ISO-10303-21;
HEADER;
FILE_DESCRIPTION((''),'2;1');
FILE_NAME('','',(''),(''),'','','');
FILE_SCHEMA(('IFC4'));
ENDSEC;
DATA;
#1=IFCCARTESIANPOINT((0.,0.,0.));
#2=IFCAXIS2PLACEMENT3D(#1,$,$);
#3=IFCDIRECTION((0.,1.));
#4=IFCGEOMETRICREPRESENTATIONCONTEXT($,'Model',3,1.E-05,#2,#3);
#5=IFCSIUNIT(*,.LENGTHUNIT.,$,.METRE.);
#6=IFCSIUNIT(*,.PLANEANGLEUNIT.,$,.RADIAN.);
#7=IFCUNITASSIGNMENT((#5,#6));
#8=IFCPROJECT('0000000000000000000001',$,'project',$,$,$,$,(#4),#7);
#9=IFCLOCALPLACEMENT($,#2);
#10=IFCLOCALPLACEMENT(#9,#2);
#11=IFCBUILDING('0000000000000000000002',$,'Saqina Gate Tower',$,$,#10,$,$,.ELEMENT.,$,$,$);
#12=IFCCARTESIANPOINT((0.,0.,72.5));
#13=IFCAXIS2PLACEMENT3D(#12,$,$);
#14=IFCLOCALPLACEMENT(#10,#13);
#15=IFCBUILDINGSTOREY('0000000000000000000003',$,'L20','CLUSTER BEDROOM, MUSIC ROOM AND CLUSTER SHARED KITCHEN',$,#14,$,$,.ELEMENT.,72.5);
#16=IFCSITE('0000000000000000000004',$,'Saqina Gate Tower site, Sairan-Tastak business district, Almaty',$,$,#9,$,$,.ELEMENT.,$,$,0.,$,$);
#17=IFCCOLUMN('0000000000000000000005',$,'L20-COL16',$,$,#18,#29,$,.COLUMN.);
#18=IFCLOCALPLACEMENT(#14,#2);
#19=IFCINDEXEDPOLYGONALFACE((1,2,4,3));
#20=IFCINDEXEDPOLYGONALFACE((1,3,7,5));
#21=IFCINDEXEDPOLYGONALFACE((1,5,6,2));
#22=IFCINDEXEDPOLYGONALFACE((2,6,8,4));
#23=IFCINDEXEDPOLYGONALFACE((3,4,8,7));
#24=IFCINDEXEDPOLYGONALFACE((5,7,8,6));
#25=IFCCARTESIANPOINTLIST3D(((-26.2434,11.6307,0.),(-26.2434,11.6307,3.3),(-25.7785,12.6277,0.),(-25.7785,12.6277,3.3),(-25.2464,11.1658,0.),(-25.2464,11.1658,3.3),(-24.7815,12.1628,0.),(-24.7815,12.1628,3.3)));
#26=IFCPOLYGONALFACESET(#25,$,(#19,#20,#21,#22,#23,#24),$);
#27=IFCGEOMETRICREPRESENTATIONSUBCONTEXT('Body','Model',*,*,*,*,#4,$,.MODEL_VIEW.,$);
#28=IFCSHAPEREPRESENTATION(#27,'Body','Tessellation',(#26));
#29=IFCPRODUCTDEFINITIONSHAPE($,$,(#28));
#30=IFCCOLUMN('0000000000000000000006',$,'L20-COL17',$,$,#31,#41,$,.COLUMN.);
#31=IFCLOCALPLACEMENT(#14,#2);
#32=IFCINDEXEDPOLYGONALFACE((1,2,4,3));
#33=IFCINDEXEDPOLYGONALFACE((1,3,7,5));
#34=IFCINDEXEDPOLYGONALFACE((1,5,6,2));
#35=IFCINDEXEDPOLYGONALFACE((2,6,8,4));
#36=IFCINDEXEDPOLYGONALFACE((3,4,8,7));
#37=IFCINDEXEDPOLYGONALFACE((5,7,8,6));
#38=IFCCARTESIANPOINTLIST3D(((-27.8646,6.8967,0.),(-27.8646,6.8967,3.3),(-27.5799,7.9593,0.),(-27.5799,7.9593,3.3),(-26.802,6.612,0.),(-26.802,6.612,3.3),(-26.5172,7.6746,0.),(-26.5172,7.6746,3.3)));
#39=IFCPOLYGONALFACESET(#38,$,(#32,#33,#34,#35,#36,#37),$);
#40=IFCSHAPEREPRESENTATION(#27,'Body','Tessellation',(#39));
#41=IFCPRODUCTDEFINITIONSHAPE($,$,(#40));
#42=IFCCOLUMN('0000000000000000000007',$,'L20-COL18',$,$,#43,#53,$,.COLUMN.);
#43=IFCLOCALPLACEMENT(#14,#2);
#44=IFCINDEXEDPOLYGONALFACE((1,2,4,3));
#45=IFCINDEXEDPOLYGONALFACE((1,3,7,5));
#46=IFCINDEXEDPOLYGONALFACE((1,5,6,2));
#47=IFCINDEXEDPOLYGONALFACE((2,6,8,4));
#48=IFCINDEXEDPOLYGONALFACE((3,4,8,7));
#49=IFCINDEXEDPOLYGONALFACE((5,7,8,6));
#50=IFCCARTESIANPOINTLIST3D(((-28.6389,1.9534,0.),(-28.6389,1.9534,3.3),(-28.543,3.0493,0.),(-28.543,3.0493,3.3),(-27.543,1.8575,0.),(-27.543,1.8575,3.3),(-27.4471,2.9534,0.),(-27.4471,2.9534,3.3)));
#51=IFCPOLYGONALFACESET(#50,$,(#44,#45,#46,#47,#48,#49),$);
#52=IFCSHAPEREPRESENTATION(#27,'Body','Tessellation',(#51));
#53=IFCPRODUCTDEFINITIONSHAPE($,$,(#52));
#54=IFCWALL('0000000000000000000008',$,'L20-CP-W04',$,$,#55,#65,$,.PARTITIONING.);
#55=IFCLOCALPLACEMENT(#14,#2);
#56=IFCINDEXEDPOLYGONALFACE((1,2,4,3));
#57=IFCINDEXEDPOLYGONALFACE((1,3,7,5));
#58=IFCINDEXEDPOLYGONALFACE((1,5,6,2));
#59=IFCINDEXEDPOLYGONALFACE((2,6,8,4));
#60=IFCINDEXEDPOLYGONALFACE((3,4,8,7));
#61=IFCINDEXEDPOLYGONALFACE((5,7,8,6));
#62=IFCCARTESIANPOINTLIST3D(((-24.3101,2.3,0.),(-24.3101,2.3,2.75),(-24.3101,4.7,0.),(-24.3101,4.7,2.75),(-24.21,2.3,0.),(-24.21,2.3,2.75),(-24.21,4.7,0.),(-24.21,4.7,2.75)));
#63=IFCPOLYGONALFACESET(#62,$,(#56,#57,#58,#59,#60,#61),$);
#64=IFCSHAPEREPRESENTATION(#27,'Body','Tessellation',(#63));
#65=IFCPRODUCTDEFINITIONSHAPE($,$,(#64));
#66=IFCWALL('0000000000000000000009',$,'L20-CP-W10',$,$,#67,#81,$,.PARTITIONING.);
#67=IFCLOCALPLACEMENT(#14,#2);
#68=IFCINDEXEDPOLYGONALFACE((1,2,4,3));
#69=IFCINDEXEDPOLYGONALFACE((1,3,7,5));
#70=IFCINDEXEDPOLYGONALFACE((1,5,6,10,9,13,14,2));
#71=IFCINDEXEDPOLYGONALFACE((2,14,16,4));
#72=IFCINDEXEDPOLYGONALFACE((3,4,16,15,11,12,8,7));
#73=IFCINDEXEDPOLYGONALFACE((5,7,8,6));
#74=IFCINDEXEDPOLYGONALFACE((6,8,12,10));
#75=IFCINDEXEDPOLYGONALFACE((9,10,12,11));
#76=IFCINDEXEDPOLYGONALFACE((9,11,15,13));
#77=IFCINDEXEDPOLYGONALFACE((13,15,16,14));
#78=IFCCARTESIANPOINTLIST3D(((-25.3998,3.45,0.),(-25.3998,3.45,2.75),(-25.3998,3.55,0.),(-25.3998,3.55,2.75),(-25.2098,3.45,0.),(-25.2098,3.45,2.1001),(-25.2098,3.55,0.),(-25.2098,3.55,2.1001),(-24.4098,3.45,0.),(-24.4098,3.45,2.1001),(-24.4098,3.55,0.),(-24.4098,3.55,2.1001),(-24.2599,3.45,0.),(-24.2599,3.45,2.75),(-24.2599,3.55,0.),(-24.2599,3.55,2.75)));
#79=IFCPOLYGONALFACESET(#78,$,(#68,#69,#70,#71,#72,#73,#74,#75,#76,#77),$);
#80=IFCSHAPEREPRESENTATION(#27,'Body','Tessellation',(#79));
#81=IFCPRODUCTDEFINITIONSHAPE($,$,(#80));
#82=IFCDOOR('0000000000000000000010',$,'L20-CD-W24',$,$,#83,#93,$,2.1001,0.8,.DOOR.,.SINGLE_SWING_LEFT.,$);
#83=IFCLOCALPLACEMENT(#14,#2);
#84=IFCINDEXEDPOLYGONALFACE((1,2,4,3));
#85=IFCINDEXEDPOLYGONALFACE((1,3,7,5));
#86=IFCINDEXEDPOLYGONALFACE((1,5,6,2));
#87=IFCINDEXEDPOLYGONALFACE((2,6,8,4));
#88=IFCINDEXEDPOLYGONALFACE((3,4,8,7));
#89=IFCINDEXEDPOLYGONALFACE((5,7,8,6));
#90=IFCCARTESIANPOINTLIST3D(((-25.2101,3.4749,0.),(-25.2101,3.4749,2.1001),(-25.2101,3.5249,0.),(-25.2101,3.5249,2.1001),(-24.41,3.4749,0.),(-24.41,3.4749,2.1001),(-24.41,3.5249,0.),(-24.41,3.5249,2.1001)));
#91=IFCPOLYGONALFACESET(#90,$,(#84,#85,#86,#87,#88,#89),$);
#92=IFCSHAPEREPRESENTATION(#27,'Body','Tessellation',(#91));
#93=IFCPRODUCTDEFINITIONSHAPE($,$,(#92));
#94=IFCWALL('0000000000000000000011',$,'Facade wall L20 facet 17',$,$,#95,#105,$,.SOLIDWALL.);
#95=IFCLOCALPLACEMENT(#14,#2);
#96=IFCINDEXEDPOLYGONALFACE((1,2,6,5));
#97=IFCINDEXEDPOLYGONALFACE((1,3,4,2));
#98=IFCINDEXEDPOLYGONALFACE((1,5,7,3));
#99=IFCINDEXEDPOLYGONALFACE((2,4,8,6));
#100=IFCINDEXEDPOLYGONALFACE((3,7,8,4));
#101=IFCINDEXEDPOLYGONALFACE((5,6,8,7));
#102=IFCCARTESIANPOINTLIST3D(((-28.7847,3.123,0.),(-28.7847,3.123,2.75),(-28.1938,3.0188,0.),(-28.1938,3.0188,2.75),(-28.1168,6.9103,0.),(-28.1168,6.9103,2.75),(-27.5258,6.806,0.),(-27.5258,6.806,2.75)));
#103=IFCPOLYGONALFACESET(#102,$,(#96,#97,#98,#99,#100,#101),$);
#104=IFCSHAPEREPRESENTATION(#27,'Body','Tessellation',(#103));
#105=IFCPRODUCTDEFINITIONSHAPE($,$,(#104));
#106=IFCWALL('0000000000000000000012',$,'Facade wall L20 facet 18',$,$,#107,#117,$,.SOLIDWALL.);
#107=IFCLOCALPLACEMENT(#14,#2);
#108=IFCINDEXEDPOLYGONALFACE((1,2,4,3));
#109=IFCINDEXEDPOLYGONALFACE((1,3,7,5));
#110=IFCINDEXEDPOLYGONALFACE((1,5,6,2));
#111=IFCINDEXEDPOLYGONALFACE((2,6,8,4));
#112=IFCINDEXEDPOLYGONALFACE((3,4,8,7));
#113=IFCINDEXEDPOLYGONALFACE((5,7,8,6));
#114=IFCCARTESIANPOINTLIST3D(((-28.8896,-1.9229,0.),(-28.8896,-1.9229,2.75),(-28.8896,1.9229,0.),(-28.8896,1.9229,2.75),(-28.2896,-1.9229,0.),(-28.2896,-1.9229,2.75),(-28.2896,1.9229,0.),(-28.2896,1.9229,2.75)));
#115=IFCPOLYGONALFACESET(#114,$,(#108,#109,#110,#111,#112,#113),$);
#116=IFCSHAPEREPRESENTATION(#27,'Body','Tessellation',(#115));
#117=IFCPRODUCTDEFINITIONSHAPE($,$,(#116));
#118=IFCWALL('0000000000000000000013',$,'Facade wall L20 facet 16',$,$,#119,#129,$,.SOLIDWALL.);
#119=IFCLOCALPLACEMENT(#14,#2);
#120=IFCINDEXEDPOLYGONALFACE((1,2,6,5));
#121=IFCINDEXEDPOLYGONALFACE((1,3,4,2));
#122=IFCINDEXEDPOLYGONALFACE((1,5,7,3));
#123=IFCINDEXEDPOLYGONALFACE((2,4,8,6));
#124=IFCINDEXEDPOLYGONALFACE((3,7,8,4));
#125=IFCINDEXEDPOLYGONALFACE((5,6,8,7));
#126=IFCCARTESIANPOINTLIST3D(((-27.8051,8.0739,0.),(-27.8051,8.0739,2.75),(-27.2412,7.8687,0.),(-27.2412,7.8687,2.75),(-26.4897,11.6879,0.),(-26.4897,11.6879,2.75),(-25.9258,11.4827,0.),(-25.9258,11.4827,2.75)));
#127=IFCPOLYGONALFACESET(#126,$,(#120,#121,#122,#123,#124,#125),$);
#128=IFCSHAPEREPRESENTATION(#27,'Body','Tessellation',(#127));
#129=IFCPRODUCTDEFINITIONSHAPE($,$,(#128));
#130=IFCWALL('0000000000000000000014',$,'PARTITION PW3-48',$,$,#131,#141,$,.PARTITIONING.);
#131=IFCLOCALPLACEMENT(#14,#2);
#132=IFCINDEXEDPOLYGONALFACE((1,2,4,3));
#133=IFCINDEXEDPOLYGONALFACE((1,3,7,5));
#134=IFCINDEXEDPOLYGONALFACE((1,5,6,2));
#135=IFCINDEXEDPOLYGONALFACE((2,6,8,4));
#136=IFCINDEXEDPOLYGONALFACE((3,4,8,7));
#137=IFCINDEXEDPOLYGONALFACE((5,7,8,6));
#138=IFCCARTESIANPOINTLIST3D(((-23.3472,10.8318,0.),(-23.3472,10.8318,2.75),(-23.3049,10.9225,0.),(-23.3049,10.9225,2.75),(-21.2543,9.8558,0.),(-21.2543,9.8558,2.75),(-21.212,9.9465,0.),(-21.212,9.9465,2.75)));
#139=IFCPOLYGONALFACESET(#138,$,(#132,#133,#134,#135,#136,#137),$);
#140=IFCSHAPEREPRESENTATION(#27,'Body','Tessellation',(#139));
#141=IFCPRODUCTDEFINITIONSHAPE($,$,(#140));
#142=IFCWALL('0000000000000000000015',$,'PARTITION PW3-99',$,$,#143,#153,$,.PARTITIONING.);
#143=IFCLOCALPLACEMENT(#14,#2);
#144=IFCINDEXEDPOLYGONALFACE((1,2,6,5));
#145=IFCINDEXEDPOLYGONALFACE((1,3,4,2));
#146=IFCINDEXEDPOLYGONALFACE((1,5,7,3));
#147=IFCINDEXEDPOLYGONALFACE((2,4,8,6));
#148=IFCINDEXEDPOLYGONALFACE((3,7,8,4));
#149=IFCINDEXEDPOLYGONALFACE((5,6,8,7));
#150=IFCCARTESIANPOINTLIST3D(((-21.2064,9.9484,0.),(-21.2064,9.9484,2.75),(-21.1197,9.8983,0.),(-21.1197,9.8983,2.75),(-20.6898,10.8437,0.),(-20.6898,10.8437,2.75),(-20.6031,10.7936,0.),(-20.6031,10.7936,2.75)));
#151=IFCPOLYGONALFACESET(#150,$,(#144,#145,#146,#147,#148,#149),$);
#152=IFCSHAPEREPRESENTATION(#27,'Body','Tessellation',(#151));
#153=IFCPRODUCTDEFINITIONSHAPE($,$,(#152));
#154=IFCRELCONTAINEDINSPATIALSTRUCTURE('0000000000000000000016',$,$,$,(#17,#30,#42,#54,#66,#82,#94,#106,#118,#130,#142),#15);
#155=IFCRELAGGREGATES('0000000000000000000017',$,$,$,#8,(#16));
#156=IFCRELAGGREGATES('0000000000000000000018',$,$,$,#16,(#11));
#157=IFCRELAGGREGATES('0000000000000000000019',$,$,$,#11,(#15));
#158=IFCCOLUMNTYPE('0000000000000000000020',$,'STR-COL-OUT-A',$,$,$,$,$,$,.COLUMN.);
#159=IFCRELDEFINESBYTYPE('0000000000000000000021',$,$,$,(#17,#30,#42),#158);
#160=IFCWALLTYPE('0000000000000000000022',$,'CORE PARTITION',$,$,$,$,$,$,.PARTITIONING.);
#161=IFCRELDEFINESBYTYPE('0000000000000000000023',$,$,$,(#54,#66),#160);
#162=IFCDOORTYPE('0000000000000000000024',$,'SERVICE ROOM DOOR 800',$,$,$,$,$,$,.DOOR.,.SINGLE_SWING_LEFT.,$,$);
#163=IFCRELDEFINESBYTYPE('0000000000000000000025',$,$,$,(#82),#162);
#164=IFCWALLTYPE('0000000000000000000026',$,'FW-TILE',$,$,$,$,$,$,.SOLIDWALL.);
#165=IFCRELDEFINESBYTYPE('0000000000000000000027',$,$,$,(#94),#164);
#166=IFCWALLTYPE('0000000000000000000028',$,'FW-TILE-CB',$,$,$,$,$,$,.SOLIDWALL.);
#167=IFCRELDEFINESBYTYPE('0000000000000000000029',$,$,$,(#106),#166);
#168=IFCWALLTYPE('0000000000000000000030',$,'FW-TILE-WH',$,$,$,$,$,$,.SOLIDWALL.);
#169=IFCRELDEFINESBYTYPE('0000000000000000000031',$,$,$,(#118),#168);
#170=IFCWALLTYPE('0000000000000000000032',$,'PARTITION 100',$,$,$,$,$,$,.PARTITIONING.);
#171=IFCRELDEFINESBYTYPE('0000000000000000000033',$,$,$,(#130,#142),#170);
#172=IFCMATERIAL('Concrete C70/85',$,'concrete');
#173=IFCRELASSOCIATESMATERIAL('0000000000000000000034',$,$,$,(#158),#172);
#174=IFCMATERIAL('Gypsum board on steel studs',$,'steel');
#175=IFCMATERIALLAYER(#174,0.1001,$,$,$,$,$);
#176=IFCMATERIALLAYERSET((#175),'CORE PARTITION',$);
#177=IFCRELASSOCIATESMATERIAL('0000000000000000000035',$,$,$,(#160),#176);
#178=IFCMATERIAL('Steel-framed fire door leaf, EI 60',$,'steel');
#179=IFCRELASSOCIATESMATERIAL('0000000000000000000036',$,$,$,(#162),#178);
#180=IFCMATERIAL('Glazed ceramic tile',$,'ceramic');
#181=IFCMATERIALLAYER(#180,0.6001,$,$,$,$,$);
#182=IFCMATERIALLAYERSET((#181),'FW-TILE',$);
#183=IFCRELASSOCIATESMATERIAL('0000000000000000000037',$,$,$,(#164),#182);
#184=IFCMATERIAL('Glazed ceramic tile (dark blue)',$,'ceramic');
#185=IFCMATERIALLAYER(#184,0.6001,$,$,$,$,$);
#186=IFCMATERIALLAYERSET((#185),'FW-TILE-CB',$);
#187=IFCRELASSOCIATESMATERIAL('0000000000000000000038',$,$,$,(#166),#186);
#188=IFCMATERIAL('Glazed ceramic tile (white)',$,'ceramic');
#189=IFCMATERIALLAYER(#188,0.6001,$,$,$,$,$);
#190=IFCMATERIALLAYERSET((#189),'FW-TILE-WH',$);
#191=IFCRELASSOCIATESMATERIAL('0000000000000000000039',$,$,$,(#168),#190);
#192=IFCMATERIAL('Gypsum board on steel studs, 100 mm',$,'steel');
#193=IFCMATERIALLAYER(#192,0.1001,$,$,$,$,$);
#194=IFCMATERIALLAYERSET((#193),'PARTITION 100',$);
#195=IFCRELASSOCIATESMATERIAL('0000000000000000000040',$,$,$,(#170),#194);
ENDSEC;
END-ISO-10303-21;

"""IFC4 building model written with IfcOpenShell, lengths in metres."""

from ifc_helpers import new_model, si_unit, direction, frame, frame_2d, origin, origin_2d, place, context, subcontext, project, spatial, rectangle, extrude, material, layer, layer_set, material_profile, profile_set, type_object, element, fill, save


model = new_model("IFC4")

# Units and contexts
model_context = context("Model", 3, precision=1e-05, world=origin(), true_north=direction((0.0, 1.0)))
body_context = subcontext(model_context, "Body", "Model", "MODEL_VIEW")
ifc_project = project(units=[si_unit("LENGTHUNIT", "METRE"), si_unit("PLANEANGLEUNIT", "RADIAN")], contexts=[model_context])

# Site, building, storey
site_placement = place(None, origin())
site = spatial("IfcSite", under=ifc_project, at=site_placement, Name="Saqina Gate Tower site, Sairan-Tastak business district, Almaty", CompositionType="ELEMENT", RefElevation=0.0)
building_placement = place(site_placement, origin())
building = spatial("IfcBuilding", under=site, at=building_placement, Name="Saqina Gate Tower", CompositionType="ELEMENT")
storey_placement = place(building_placement, frame((0.0, 0.0, 72.5)))
storey = spatial("IfcBuildingStorey", under=building, at=storey_placement, Name="L20", Description="CLUSTER BEDROOM, MUSIC ROOM AND CLUSTER SHARED KITCHEN", CompositionType="ELEMENT", Elevation=72.5)

# Columns
ifc_material_1 = material(Name="Concrete C70/85", Category="concrete")
ifc_material_profile = material_profile(ifc_material_1, rectangle(XDim=1.1001, YDim=1.1001, at=origin_2d()), Name="RC 1100x1100")
ifc_profile_set = profile_set([ifc_material_profile], Name="Concrete C70/85")
column_type = type_object("IfcColumnType", Name="STR-COL-OUT-A", PredefinedType="COLUMN", material=ifc_profile_set)
for number, where, z_axis, x_axis, name in (
    (1, (-25.5125, 11.8967, 0.0), (0.0, 0.0, 1.0), (-0.906308, 0.422618, 0.0), "L20-COL16"),
    (2, (-27.1909, 7.2856, 0.0), (0.0, 0.0, 1.0), (-0.965926, 0.258819, 0.0), "L20-COL17"),
    (3, (-28.043, 2.4534, 0.0), (0.0, 0.0, 1.0), (-0.996195, 0.087156, 0.0), "L20-COL18"),
):
    element("IfcColumn", number, at=place(storey_placement, frame(where, z_axis=z_axis, x_axis=x_axis)), inside=storey, type_object=column_type, Name=name, PredefinedType="COLUMN", context=body_context, shape_type="SweptSolid", body=[
        extrude(rectangle(XDim=1.1001, YDim=1.1001, at=origin_2d()), origin(), (0.0, 0.0, 1.0), 3.3),
    ])

# Wall
ifc_material_2 = material(Name="Gypsum board on steel studs", Category="steel")
ifc_layer_1 = layer(ifc_material_2, 0.1001)
ifc_layer_set_1 = layer_set([ifc_layer_1], Name="CORE PARTITION")
wall_type_1 = type_object("IfcWallType", Name="CORE PARTITION", PredefinedType="PARTITIONING", material=ifc_layer_set_1)
wall_1_placement = place(storey_placement, frame((-24.26, 2.3, 0.0), z_axis=(0.0, 0.0, 1.0), x_axis=(0.0, 1.0, 0.0)))
element("IfcWall", 4, at=wall_1_placement, inside=storey, type_object=wall_type_1, Name="L20-CP-W04", PredefinedType="PARTITIONING", context=body_context, shape_type="SweptSolid", body=[
    extrude(rectangle(XDim=2.3999, YDim=0.1001, at=frame_2d((1.2, 0.0))), origin(), (0.0, 0.0, 1.0), 2.75),
])

# Wall, opening, door
wall_2_placement = place(storey_placement, frame((-24.26, 3.5, 0.0), z_axis=(0.0, 0.0, 1.0), x_axis=(-1.0, 0.0, 0.0)))
wall_2 = element("IfcWall", 5, at=wall_2_placement, inside=storey, type_object=wall_type_1, Name="L20-CP-W10", PredefinedType="PARTITIONING", context=body_context, shape_type="SweptSolid", body=[
    extrude(rectangle(XDim=1.1399, YDim=0.1001, at=frame_2d((0.5698, 0.0))), origin(), (0.0, 0.0, 1.0), 2.75),
])
opening_1_placement = place(wall_2_placement, frame((0.1499, 0.0, 0.0)))
opening_1 = element("IfcOpeningElement", 6, at=opening_1_placement, cuts=wall_2, PredefinedType="OPENING", context=body_context, shape_type="SweptSolid", body=[
    extrude(rectangle(XDim=0.8, YDim=2.1001, at=frame_2d((0.3999, 1.05))), frame((0.0, 0.062, 0.0), z_axis=(0.0, -1.0, 0.0), x_axis=(1.0, 0.0, 0.0)), (0.0, 0.0, 1.0), 0.124),
])
ifc_material_3 = material(Name="Steel-framed fire door leaf, EI 60", Category="steel")
door_type_1 = type_object("IfcDoorType", Name="SERVICE ROOM DOOR 800", OperationType="SINGLE_SWING_LEFT", PredefinedType="DOOR", material=ifc_material_3)
door_1_placement = place(opening_1_placement, frame((0.8, 0.0, 0.0), z_axis=(0.0, 0.0, 1.0), x_axis=(-1.0, 0.0, 0.0)))
door_1 = element("IfcDoor", 7, at=door_1_placement, inside=storey, type_object=door_type_1, Name="L20-CD-W24", OperationType="SINGLE_SWING_LEFT", OverallHeight=2.1001, OverallWidth=0.8, PredefinedType="DOOR", context=body_context, shape_type="SweptSolid", body=[
    extrude(rectangle(XDim=0.8, YDim=2.1001, at=frame_2d((0.3999, 1.05))), frame((0.0, 0.0249, 0.0), z_axis=(0.0, -1.0, 0.0), x_axis=(1.0, 0.0, 0.0)), (0.0, 0.0, 1.0), 0.05),
])
fill(opening_1, door_1)

# Walls
ifc_material_4 = material(Name="Glazed ceramic tile", Category="ceramic")
ifc_layer_2 = layer(ifc_material_4, 0.6001)
ifc_layer_set_2 = layer_set([ifc_layer_2], Name="FW-TILE")
wall_type_2 = type_object("IfcWallType", Name="FW-TILE", PredefinedType="SOLIDWALL", material=ifc_layer_set_2)
wall_3_placement = place(storey_placement, frame((-27.8213, 6.8582, 0.0), z_axis=(0.0, 0.0, 1.0), x_axis=(-0.173688, -0.984801, 0.0)))
element("IfcWall", 8, at=wall_3_placement, inside=storey, type_object=wall_type_2, Name="Facade wall L20 facet 17", PredefinedType="SOLIDWALL", context=body_context, shape_type="SweptSolid", body=[
    extrude(rectangle(XDim=3.8457, YDim=0.6001, at=frame_2d((1.9229, 0.0))), origin(), (0.0, 0.0, 1.0), 2.75),
])
ifc_material_5 = material(Name="Glazed ceramic tile (dark blue)", Category="ceramic")
ifc_layer_3 = layer(ifc_material_5, 0.6001)
ifc_layer_set_3 = layer_set([ifc_layer_3], Name="FW-TILE-CB")
wall_type_3 = type_object("IfcWallType", Name="FW-TILE-CB", PredefinedType="SOLIDWALL", material=ifc_layer_set_3)
wall_4_placement = place(storey_placement, frame((-28.5896, 1.9229, 0.0), z_axis=(0.0, 0.0, 1.0), x_axis=(0.0, -1.0, 0.0)))
element("IfcWall", 9, at=wall_4_placement, inside=storey, type_object=wall_type_3, Name="Facade wall L20 facet 18", PredefinedType="SOLIDWALL", context=body_context, shape_type="SweptSolid", body=[
    extrude(rectangle(XDim=3.8457, YDim=0.6001, at=frame_2d((1.9229, 0.0))), origin(), (0.0, 0.0, 1.0), 2.75),
])
ifc_material_6 = material(Name="Glazed ceramic tile (white)", Category="ceramic")
ifc_layer_4 = layer(ifc_material_6, 0.6001)
ifc_layer_set_4 = layer_set([ifc_layer_4], Name="FW-TILE-WH")
wall_type_4 = type_object("IfcWallType", Name="FW-TILE-WH", PredefinedType="SOLIDWALL", material=ifc_layer_set_4)
wall_5_placement = place(storey_placement, frame((-26.2078, 11.5852, 0.0), z_axis=(0.0, 0.0, 1.0), x_axis=(-0.342028, -0.93969, 0.0)))
element("IfcWall", 10, at=wall_5_placement, inside=storey, type_object=wall_type_4, Name="Facade wall L20 facet 16", PredefinedType="SOLIDWALL", context=body_context, shape_type="SweptSolid", body=[
    extrude(rectangle(XDim=3.8459, YDim=0.6001, at=frame_2d((1.9229, 0.0))), origin(), (0.0, 0.0, 1.0), 2.75),
])
ifc_material_7 = material(Name="Gypsum board on steel studs, 100 mm", Category="steel")
ifc_layer_5 = layer(ifc_material_7, 0.1001)
ifc_layer_set_5 = layer_set([ifc_layer_5], Name="PARTITION 100")
wall_type_5 = type_object("IfcWallType", Name="PARTITION 100", PredefinedType="PARTITIONING", material=ifc_layer_set_5)
wall_6_placement = place(storey_placement, frame((-23.3262, 10.8772, 0.0), z_axis=(0.0, 0.0, 1.0), x_axis=(0.906294, -0.422648, 0.0)))
element("IfcWall", 11, at=wall_6_placement, inside=storey, type_object=wall_type_5, Name="PARTITION PW3-48", PredefinedType="PARTITIONING", context=body_context, shape_type="SweptSolid", body=[
    extrude(rectangle(XDim=2.3093, YDim=0.1001, at=frame_2d((1.1548, 0.0))), origin(), (0.0, 0.0, 1.0), 2.75),
])
wall_7_placement = place(storey_placement, frame((-21.1631, 9.9233, 0.0), z_axis=(0.0, 0.0, 1.0), x_axis=(0.499797, 0.866142, 0.0)))
element("IfcWall", 12, at=wall_7_placement, inside=storey, type_object=wall_type_5, Name="PARTITION PW3-99", PredefinedType="PARTITIONING", context=body_context, shape_type="SweptSolid", body=[
    extrude(rectangle(XDim=1.0337, YDim=0.1001, at=frame_2d((0.5168, 0.0))), origin(), (0.0, 0.0, 1.0), 2.75),
])

save(model, "model.ifc")
